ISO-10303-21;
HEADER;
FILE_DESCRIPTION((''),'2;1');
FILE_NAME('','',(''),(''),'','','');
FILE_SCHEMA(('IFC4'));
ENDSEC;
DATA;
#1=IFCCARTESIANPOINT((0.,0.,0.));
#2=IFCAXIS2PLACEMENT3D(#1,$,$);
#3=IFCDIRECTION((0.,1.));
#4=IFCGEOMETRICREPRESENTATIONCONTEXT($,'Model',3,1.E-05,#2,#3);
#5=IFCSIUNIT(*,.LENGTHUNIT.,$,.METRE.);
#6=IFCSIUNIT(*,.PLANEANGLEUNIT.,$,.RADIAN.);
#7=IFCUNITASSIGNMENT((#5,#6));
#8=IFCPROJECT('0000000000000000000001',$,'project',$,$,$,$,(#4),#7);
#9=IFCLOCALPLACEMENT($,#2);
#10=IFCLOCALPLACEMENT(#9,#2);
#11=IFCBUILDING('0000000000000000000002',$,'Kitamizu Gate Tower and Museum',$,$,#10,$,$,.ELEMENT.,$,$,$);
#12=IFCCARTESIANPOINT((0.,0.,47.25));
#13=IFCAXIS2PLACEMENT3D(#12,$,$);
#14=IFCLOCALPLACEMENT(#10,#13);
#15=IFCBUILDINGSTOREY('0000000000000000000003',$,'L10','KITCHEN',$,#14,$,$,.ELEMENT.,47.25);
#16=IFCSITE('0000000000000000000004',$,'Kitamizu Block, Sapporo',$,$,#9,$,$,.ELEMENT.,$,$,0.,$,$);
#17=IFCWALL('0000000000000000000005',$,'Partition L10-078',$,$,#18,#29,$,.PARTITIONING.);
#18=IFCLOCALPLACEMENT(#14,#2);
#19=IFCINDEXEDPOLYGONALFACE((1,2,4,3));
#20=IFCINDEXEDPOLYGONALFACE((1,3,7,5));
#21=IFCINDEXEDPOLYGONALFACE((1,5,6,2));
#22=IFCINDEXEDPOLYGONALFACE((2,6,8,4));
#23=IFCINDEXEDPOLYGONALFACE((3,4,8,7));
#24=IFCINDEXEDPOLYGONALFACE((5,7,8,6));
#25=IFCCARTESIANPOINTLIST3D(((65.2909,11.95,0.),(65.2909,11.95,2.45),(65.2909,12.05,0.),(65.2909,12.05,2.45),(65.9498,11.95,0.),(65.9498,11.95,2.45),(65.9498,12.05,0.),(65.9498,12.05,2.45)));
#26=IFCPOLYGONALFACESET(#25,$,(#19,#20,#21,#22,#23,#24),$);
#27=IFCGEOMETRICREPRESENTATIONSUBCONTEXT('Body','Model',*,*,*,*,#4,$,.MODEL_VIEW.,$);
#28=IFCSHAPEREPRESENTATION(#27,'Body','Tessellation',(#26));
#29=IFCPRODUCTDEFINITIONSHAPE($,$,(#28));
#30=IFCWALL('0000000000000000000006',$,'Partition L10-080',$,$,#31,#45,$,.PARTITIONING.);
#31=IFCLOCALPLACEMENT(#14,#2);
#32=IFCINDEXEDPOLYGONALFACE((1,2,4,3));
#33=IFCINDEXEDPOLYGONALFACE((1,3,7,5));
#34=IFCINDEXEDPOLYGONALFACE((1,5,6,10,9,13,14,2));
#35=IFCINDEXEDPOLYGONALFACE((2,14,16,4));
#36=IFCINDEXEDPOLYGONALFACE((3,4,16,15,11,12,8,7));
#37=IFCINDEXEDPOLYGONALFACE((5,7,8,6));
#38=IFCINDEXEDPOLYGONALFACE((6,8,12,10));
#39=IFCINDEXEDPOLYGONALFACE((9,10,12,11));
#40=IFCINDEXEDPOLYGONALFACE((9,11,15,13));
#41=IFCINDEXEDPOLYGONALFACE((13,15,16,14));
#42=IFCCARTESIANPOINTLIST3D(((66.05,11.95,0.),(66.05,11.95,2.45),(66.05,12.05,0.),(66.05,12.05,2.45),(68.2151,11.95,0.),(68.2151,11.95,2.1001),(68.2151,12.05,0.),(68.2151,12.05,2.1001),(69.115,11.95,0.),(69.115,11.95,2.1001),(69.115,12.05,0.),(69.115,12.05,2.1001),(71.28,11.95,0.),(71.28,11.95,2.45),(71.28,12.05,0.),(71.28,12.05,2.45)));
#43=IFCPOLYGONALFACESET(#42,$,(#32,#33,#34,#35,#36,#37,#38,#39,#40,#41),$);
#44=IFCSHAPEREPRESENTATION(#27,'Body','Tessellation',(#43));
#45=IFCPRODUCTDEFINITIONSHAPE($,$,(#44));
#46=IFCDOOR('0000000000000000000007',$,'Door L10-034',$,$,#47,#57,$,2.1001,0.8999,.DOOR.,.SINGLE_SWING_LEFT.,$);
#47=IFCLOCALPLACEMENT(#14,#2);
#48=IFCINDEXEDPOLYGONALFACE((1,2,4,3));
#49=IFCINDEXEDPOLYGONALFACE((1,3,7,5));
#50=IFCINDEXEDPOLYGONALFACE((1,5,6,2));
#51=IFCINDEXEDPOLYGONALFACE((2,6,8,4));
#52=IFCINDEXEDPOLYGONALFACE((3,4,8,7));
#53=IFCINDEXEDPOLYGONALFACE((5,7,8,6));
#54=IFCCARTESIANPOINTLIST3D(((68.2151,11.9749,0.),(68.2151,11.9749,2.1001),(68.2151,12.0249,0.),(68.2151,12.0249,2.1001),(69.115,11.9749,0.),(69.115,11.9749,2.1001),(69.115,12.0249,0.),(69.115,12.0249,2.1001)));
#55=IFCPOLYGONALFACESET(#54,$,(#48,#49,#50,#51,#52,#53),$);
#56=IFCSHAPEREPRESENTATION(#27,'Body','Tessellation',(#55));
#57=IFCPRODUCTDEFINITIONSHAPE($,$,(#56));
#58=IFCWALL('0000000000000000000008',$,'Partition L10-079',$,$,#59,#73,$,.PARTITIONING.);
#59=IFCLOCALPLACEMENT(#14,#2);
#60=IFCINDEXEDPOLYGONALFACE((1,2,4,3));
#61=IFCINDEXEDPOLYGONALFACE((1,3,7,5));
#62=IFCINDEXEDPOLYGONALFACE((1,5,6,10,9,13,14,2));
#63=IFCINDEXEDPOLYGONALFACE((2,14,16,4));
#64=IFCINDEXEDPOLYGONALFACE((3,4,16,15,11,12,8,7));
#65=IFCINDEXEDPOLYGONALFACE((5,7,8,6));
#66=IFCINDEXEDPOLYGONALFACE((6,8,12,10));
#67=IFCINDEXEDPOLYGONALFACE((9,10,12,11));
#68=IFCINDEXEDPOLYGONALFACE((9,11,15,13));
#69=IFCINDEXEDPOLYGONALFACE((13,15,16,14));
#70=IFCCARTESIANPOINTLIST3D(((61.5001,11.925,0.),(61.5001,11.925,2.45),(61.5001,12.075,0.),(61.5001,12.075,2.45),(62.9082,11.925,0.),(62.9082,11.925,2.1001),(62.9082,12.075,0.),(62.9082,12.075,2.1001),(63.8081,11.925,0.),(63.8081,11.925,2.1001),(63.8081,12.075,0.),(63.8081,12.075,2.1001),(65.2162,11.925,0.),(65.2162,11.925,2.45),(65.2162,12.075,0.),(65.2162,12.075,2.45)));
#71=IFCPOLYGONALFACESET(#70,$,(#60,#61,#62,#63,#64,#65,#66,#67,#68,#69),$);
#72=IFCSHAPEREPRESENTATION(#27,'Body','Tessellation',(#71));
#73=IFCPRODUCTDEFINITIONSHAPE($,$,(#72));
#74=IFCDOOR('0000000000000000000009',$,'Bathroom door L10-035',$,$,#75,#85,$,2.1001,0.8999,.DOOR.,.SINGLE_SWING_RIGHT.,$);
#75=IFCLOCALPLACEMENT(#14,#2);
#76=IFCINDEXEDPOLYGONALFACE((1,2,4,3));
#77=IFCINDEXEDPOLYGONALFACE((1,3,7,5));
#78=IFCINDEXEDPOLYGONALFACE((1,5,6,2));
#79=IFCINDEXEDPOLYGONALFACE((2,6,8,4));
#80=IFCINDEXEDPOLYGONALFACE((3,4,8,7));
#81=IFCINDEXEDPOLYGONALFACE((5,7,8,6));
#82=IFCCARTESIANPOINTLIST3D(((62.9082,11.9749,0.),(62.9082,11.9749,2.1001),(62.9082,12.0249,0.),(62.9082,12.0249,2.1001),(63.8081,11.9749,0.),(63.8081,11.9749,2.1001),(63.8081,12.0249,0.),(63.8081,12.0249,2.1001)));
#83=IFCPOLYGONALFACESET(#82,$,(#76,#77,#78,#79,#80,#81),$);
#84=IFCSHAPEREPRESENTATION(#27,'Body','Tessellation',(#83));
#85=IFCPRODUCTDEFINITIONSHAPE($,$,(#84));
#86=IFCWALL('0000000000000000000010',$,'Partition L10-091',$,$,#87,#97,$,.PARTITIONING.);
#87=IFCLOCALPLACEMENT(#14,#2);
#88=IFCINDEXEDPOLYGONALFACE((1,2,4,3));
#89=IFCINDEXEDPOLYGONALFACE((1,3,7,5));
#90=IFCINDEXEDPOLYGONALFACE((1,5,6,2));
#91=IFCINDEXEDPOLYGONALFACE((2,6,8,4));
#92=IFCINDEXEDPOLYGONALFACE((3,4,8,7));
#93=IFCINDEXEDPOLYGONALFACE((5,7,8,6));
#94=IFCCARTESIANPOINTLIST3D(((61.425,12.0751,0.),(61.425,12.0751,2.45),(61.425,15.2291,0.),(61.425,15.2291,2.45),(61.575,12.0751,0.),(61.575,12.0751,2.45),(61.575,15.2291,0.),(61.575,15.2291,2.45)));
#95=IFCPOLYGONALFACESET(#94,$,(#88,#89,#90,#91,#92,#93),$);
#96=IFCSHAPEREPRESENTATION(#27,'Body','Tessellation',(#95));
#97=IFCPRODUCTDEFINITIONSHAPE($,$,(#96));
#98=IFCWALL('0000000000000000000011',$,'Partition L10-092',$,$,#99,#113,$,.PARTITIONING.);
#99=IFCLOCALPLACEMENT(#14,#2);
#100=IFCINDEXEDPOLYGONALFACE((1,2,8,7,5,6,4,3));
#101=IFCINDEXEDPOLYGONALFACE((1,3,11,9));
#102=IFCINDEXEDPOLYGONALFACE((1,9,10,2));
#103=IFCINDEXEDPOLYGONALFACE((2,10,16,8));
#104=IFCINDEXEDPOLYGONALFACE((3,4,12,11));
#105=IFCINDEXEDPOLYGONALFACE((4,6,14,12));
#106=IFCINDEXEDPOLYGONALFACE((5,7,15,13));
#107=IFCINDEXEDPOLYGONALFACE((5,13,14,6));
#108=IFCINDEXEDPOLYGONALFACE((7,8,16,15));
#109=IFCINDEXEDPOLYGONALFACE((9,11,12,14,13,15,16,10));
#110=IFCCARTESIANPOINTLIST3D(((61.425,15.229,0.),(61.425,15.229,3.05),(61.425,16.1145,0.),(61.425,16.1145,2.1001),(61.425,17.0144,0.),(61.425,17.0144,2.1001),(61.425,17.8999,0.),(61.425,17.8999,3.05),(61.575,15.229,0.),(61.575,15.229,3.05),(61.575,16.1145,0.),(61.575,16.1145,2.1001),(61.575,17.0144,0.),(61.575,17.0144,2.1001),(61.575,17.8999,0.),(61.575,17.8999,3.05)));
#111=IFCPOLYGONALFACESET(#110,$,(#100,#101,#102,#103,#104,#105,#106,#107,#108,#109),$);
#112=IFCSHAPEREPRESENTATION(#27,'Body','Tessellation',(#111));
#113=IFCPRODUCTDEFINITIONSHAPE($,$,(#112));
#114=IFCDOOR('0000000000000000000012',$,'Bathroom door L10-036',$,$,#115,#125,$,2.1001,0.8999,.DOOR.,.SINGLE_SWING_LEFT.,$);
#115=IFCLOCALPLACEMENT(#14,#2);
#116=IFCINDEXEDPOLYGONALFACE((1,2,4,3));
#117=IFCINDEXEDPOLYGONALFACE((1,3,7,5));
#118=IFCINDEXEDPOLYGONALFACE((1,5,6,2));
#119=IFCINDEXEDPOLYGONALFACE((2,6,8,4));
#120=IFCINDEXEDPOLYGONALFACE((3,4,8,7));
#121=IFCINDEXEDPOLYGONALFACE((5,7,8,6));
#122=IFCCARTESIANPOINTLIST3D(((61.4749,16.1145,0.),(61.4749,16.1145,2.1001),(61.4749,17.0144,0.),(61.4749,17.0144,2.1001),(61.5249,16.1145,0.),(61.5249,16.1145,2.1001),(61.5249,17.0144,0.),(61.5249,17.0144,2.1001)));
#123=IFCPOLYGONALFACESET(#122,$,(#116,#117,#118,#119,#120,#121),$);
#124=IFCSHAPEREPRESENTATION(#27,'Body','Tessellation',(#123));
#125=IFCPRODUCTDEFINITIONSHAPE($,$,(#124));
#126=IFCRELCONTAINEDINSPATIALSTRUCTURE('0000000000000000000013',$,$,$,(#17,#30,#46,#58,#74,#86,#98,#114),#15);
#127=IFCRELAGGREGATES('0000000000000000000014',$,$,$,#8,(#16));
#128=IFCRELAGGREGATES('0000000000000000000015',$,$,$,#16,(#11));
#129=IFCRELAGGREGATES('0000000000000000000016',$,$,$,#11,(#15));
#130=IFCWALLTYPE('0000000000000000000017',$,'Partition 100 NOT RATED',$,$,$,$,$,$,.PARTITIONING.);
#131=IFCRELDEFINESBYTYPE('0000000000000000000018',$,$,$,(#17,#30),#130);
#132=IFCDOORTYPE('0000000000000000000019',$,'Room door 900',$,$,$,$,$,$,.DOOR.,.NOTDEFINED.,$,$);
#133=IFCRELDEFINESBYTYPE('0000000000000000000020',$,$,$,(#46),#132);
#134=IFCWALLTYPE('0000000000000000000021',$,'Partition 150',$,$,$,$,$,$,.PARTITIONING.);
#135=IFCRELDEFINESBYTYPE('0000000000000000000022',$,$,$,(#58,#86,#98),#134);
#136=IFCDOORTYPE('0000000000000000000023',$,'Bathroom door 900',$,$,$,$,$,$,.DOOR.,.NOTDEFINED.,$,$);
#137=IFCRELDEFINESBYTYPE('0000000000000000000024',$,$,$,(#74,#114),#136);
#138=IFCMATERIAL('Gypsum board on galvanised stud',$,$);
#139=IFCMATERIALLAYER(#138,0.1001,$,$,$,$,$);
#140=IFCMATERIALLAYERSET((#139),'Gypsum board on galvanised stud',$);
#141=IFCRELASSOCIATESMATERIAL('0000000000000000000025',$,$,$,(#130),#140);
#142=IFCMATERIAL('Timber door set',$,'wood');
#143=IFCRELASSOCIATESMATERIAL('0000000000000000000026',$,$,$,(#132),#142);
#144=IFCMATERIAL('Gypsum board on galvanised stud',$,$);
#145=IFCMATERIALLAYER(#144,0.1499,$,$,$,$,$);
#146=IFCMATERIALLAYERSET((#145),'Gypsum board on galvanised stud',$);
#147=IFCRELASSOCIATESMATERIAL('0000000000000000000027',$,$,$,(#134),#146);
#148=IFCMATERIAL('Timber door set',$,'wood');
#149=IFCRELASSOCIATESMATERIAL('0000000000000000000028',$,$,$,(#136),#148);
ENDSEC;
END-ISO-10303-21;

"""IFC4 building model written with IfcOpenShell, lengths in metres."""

from ifc_helpers import new_model, si_unit, direction, frame, frame_2d, origin, place, context, subcontext, project, spatial, rectangle, extrude, material, layer, layer_set, type_object, element, fill, save


model = new_model("IFC4")

# Units and contexts
model_context = context("Model", 3, precision=1e-05, world=origin(), true_north=direction((0.0, 1.0)))
body_context = subcontext(model_context, "Body", "Model", "MODEL_VIEW")
ifc_project = project(units=[si_unit("LENGTHUNIT", "METRE"), si_unit("PLANEANGLEUNIT", "RADIAN")], contexts=[model_context])

# Site, building, storey
site_placement = place(None, origin())
site = spatial("IfcSite", under=ifc_project, at=site_placement, Name="Kitamizu Block, Sapporo", CompositionType="ELEMENT", RefElevation=0.0)
building_placement = place(site_placement, origin())
building = spatial("IfcBuilding", under=site, at=building_placement, Name="Kitamizu Gate Tower and Museum", CompositionType="ELEMENT")
storey_placement = place(building_placement, frame((0.0, 0.0, 47.25)))
storey = spatial("IfcBuildingStorey", under=building, at=storey_placement, Name="L10", Description="KITCHEN", CompositionType="ELEMENT", Elevation=47.25)

# Wall
ifc_material_1 = material(Name="Gypsum board on galvanised stud")
ifc_layer_1 = layer(ifc_material_1, 0.1001)
ifc_layer_set_1 = layer_set([ifc_layer_1], Name="Gypsum board on galvanised stud")
wall_type_1 = type_object("IfcWallType", Name="Partition 100 NOT RATED", PredefinedType="PARTITIONING", material=ifc_layer_set_1)
wall_1_placement = place(storey_placement, frame((65.95, 12.0, 0.0), z_axis=(0.0, 0.0, 1.0), x_axis=(-1.0, 0.0, 0.0)))
element("IfcWall", 1, at=wall_1_placement, inside=storey, type_object=wall_type_1, Name="Partition L10-078", PredefinedType="PARTITIONING", context=body_context, shape_type="SweptSolid", body=[
    extrude(rectangle(XDim=0.6589, YDim=0.1001, at=frame_2d((0.3296, 0.0))), origin(), (0.0, 0.0, 1.0), 2.45),
])

# Walls, openings, doors
wall_2_placement = place(storey_placement, frame((71.28, 12.0, 0.0), z_axis=(0.0, 0.0, 1.0), x_axis=(-1.0, 0.0, 0.0)))
wall_2 = element("IfcWall", 2, at=wall_2_placement, inside=storey, type_object=wall_type_1, Name="Partition L10-080", PredefinedType="PARTITIONING", context=body_context, shape_type="SweptSolid", body=[
    extrude(rectangle(XDim=5.23, YDim=0.1001, at=frame_2d((2.615, 0.0))), origin(), (0.0, 0.0, 1.0), 2.45),
])
opening_1_placement = place(wall_2_placement, frame((2.165, 0.0, 0.0)))
opening_1 = element("IfcOpeningElement", 3, at=opening_1_placement, cuts=wall_2, PredefinedType="OPENING", context=body_context, shape_type="SweptSolid", body=[
    extrude(rectangle(XDim=0.8999, YDim=2.1001, at=frame_2d((0.45, 1.05))), frame((0.0, 0.0601, 0.0), z_axis=(0.0, -1.0, 0.0), x_axis=(1.0, 0.0, 0.0)), (0.0, 0.0, 1.0), 0.1201),
])
ifc_material_2 = material(Name="Timber door set", Category="wood")
door_type_1 = type_object("IfcDoorType", Name="Room door 900", OperationType="NOTDEFINED", PredefinedType="DOOR", material=ifc_material_2)
door_1_placement = place(opening_1_placement, frame((0.8999, 0.0, 0.0), x_axis=(-1.0, 0.0, 0.0)))
door_1 = element("IfcDoor", 4, at=door_1_placement, inside=storey, type_object=door_type_1, Name="Door L10-034", OperationType="SINGLE_SWING_LEFT", OverallHeight=2.1001, OverallWidth=0.8999, PredefinedType="DOOR", context=body_context, shape_type="SweptSolid", body=[
    extrude(rectangle(XDim=0.8999, YDim=2.1001, at=frame_2d((0.45, 1.05))), frame((0.0, 0.0249, 0.0), z_axis=(0.0, -1.0, 0.0), x_axis=(1.0, 0.0, 0.0)), (0.0, 0.0, 1.0), 0.05),
])
fill(opening_1, door_1)
ifc_material_3 = material(Name="Gypsum board on galvanised stud")
ifc_layer_2 = layer(ifc_material_3, 0.1499)
ifc_layer_set_2 = layer_set([ifc_layer_2], Name="Gypsum board on galvanised stud")
wall_type_2 = type_object("IfcWallType", Name="Partition 150", PredefinedType="PARTITIONING", material=ifc_layer_set_2)
wall_3_placement = place(storey_placement, frame((65.2161, 12.0, 0.0), z_axis=(0.0, 0.0, 1.0), x_axis=(-1.0, 0.0, 0.0)))
wall_3 = element("IfcWall", 5, at=wall_3_placement, inside=storey, type_object=wall_type_2, Name="Partition L10-079", PredefinedType="PARTITIONING", context=body_context, shape_type="SweptSolid", body=[
    extrude(rectangle(XDim=3.7161, YDim=0.1499, at=frame_2d((1.8579, 0.0))), origin(), (0.0, 0.0, 1.0), 2.45),
])
opening_2_placement = place(wall_3_placement, frame((1.408, 0.0, 0.0)))
opening_2 = element("IfcOpeningElement", 6, at=opening_2_placement, cuts=wall_3, PredefinedType="OPENING", context=body_context, shape_type="SweptSolid", body=[
    extrude(rectangle(XDim=0.8999, YDim=2.1001, at=frame_2d((0.45, 1.05))), frame((0.0, 0.085, 0.0), z_axis=(0.0, -1.0, 0.0), x_axis=(1.0, 0.0, 0.0)), (0.0, 0.0, 1.0), 0.1699),
])
ifc_material_4 = material(Name="Timber door set", Category="wood")
door_type_2 = type_object("IfcDoorType", Name="Bathroom door 900", OperationType="NOTDEFINED", PredefinedType="DOOR", material=ifc_material_4)
door_2_placement = place(opening_2_placement, frame((0.8999, 0.0, 0.0), x_axis=(-1.0, 0.0, 0.0)))
door_2 = element("IfcDoor", 7, at=door_2_placement, inside=storey, type_object=door_type_2, Name="Bathroom door L10-035", OperationType="SINGLE_SWING_RIGHT", OverallHeight=2.1001, OverallWidth=0.8999, PredefinedType="DOOR", context=body_context, shape_type="SweptSolid", body=[
    extrude(rectangle(XDim=0.8999, YDim=2.1001, at=frame_2d((0.45, 1.05))), frame((0.0, 0.0249, 0.0), z_axis=(0.0, -1.0, 0.0), x_axis=(1.0, 0.0, 0.0)), (0.0, 0.0, 1.0), 0.05),
])
fill(opening_2, door_2)

# Wall
wall_4_placement = place(storey_placement, frame((61.5, 12.075, 0.0), z_axis=(0.0, 0.0, 1.0), x_axis=(0.0, 1.0, 0.0)))
element("IfcWall", 8, at=wall_4_placement, inside=storey, type_object=wall_type_2, Name="Partition L10-091", PredefinedType="PARTITIONING", context=body_context, shape_type="SweptSolid", body=[
    extrude(rectangle(XDim=3.1541, YDim=0.1499, at=frame_2d((1.5771, 0.0))), origin(), (0.0, 0.0, 1.0), 2.45),
])

# Wall, opening, door
wall_5_placement = place(storey_placement, frame((61.5, 15.229, 0.0), z_axis=(0.0, 0.0, 1.0), x_axis=(0.0, 1.0, 0.0)))
wall_5 = element("IfcWall", 9, at=wall_5_placement, inside=storey, type_object=wall_type_2, Name="Partition L10-092", PredefinedType="PARTITIONING", context=body_context, shape_type="SweptSolid", body=[
    extrude(rectangle(XDim=2.6709, YDim=0.1499, at=frame_2d((1.3354, 0.0))), origin(), (0.0, 0.0, 1.0), 3.05),
])
opening_3_placement = place(wall_5_placement, frame((0.8855, 0.0, 0.0)))
opening_3 = element("IfcOpeningElement", 10, at=opening_3_placement, cuts=wall_5, PredefinedType="OPENING", context=body_context, shape_type="SweptSolid", body=[
    extrude(rectangle(XDim=0.8999, YDim=2.1001, at=frame_2d((0.45, 1.05))), frame((0.0, 0.085, 0.0), z_axis=(0.0, -1.0, 0.0), x_axis=(1.0, 0.0, 0.0)), (0.0, 0.0, 1.0), 0.1699),
])
door_3_placement = place(opening_3_placement, frame((0.8999, 0.0, 0.0), x_axis=(-1.0, 0.0, 0.0)))
door_3 = element("IfcDoor", 11, at=door_3_placement, inside=storey, type_object=door_type_2, Name="Bathroom door L10-036", OperationType="SINGLE_SWING_LEFT", OverallHeight=2.1001, OverallWidth=0.8999, PredefinedType="DOOR", context=body_context, shape_type="SweptSolid", body=[
    extrude(rectangle(XDim=0.8999, YDim=2.1001, at=frame_2d((0.45, 1.05))), frame((0.0, 0.0249, 0.0), z_axis=(0.0, -1.0, 0.0), x_axis=(1.0, 0.0, 0.0)), (0.0, 0.0, 1.0), 0.05),
])
fill(opening_3, door_3)

save(model, "model.ifc")
